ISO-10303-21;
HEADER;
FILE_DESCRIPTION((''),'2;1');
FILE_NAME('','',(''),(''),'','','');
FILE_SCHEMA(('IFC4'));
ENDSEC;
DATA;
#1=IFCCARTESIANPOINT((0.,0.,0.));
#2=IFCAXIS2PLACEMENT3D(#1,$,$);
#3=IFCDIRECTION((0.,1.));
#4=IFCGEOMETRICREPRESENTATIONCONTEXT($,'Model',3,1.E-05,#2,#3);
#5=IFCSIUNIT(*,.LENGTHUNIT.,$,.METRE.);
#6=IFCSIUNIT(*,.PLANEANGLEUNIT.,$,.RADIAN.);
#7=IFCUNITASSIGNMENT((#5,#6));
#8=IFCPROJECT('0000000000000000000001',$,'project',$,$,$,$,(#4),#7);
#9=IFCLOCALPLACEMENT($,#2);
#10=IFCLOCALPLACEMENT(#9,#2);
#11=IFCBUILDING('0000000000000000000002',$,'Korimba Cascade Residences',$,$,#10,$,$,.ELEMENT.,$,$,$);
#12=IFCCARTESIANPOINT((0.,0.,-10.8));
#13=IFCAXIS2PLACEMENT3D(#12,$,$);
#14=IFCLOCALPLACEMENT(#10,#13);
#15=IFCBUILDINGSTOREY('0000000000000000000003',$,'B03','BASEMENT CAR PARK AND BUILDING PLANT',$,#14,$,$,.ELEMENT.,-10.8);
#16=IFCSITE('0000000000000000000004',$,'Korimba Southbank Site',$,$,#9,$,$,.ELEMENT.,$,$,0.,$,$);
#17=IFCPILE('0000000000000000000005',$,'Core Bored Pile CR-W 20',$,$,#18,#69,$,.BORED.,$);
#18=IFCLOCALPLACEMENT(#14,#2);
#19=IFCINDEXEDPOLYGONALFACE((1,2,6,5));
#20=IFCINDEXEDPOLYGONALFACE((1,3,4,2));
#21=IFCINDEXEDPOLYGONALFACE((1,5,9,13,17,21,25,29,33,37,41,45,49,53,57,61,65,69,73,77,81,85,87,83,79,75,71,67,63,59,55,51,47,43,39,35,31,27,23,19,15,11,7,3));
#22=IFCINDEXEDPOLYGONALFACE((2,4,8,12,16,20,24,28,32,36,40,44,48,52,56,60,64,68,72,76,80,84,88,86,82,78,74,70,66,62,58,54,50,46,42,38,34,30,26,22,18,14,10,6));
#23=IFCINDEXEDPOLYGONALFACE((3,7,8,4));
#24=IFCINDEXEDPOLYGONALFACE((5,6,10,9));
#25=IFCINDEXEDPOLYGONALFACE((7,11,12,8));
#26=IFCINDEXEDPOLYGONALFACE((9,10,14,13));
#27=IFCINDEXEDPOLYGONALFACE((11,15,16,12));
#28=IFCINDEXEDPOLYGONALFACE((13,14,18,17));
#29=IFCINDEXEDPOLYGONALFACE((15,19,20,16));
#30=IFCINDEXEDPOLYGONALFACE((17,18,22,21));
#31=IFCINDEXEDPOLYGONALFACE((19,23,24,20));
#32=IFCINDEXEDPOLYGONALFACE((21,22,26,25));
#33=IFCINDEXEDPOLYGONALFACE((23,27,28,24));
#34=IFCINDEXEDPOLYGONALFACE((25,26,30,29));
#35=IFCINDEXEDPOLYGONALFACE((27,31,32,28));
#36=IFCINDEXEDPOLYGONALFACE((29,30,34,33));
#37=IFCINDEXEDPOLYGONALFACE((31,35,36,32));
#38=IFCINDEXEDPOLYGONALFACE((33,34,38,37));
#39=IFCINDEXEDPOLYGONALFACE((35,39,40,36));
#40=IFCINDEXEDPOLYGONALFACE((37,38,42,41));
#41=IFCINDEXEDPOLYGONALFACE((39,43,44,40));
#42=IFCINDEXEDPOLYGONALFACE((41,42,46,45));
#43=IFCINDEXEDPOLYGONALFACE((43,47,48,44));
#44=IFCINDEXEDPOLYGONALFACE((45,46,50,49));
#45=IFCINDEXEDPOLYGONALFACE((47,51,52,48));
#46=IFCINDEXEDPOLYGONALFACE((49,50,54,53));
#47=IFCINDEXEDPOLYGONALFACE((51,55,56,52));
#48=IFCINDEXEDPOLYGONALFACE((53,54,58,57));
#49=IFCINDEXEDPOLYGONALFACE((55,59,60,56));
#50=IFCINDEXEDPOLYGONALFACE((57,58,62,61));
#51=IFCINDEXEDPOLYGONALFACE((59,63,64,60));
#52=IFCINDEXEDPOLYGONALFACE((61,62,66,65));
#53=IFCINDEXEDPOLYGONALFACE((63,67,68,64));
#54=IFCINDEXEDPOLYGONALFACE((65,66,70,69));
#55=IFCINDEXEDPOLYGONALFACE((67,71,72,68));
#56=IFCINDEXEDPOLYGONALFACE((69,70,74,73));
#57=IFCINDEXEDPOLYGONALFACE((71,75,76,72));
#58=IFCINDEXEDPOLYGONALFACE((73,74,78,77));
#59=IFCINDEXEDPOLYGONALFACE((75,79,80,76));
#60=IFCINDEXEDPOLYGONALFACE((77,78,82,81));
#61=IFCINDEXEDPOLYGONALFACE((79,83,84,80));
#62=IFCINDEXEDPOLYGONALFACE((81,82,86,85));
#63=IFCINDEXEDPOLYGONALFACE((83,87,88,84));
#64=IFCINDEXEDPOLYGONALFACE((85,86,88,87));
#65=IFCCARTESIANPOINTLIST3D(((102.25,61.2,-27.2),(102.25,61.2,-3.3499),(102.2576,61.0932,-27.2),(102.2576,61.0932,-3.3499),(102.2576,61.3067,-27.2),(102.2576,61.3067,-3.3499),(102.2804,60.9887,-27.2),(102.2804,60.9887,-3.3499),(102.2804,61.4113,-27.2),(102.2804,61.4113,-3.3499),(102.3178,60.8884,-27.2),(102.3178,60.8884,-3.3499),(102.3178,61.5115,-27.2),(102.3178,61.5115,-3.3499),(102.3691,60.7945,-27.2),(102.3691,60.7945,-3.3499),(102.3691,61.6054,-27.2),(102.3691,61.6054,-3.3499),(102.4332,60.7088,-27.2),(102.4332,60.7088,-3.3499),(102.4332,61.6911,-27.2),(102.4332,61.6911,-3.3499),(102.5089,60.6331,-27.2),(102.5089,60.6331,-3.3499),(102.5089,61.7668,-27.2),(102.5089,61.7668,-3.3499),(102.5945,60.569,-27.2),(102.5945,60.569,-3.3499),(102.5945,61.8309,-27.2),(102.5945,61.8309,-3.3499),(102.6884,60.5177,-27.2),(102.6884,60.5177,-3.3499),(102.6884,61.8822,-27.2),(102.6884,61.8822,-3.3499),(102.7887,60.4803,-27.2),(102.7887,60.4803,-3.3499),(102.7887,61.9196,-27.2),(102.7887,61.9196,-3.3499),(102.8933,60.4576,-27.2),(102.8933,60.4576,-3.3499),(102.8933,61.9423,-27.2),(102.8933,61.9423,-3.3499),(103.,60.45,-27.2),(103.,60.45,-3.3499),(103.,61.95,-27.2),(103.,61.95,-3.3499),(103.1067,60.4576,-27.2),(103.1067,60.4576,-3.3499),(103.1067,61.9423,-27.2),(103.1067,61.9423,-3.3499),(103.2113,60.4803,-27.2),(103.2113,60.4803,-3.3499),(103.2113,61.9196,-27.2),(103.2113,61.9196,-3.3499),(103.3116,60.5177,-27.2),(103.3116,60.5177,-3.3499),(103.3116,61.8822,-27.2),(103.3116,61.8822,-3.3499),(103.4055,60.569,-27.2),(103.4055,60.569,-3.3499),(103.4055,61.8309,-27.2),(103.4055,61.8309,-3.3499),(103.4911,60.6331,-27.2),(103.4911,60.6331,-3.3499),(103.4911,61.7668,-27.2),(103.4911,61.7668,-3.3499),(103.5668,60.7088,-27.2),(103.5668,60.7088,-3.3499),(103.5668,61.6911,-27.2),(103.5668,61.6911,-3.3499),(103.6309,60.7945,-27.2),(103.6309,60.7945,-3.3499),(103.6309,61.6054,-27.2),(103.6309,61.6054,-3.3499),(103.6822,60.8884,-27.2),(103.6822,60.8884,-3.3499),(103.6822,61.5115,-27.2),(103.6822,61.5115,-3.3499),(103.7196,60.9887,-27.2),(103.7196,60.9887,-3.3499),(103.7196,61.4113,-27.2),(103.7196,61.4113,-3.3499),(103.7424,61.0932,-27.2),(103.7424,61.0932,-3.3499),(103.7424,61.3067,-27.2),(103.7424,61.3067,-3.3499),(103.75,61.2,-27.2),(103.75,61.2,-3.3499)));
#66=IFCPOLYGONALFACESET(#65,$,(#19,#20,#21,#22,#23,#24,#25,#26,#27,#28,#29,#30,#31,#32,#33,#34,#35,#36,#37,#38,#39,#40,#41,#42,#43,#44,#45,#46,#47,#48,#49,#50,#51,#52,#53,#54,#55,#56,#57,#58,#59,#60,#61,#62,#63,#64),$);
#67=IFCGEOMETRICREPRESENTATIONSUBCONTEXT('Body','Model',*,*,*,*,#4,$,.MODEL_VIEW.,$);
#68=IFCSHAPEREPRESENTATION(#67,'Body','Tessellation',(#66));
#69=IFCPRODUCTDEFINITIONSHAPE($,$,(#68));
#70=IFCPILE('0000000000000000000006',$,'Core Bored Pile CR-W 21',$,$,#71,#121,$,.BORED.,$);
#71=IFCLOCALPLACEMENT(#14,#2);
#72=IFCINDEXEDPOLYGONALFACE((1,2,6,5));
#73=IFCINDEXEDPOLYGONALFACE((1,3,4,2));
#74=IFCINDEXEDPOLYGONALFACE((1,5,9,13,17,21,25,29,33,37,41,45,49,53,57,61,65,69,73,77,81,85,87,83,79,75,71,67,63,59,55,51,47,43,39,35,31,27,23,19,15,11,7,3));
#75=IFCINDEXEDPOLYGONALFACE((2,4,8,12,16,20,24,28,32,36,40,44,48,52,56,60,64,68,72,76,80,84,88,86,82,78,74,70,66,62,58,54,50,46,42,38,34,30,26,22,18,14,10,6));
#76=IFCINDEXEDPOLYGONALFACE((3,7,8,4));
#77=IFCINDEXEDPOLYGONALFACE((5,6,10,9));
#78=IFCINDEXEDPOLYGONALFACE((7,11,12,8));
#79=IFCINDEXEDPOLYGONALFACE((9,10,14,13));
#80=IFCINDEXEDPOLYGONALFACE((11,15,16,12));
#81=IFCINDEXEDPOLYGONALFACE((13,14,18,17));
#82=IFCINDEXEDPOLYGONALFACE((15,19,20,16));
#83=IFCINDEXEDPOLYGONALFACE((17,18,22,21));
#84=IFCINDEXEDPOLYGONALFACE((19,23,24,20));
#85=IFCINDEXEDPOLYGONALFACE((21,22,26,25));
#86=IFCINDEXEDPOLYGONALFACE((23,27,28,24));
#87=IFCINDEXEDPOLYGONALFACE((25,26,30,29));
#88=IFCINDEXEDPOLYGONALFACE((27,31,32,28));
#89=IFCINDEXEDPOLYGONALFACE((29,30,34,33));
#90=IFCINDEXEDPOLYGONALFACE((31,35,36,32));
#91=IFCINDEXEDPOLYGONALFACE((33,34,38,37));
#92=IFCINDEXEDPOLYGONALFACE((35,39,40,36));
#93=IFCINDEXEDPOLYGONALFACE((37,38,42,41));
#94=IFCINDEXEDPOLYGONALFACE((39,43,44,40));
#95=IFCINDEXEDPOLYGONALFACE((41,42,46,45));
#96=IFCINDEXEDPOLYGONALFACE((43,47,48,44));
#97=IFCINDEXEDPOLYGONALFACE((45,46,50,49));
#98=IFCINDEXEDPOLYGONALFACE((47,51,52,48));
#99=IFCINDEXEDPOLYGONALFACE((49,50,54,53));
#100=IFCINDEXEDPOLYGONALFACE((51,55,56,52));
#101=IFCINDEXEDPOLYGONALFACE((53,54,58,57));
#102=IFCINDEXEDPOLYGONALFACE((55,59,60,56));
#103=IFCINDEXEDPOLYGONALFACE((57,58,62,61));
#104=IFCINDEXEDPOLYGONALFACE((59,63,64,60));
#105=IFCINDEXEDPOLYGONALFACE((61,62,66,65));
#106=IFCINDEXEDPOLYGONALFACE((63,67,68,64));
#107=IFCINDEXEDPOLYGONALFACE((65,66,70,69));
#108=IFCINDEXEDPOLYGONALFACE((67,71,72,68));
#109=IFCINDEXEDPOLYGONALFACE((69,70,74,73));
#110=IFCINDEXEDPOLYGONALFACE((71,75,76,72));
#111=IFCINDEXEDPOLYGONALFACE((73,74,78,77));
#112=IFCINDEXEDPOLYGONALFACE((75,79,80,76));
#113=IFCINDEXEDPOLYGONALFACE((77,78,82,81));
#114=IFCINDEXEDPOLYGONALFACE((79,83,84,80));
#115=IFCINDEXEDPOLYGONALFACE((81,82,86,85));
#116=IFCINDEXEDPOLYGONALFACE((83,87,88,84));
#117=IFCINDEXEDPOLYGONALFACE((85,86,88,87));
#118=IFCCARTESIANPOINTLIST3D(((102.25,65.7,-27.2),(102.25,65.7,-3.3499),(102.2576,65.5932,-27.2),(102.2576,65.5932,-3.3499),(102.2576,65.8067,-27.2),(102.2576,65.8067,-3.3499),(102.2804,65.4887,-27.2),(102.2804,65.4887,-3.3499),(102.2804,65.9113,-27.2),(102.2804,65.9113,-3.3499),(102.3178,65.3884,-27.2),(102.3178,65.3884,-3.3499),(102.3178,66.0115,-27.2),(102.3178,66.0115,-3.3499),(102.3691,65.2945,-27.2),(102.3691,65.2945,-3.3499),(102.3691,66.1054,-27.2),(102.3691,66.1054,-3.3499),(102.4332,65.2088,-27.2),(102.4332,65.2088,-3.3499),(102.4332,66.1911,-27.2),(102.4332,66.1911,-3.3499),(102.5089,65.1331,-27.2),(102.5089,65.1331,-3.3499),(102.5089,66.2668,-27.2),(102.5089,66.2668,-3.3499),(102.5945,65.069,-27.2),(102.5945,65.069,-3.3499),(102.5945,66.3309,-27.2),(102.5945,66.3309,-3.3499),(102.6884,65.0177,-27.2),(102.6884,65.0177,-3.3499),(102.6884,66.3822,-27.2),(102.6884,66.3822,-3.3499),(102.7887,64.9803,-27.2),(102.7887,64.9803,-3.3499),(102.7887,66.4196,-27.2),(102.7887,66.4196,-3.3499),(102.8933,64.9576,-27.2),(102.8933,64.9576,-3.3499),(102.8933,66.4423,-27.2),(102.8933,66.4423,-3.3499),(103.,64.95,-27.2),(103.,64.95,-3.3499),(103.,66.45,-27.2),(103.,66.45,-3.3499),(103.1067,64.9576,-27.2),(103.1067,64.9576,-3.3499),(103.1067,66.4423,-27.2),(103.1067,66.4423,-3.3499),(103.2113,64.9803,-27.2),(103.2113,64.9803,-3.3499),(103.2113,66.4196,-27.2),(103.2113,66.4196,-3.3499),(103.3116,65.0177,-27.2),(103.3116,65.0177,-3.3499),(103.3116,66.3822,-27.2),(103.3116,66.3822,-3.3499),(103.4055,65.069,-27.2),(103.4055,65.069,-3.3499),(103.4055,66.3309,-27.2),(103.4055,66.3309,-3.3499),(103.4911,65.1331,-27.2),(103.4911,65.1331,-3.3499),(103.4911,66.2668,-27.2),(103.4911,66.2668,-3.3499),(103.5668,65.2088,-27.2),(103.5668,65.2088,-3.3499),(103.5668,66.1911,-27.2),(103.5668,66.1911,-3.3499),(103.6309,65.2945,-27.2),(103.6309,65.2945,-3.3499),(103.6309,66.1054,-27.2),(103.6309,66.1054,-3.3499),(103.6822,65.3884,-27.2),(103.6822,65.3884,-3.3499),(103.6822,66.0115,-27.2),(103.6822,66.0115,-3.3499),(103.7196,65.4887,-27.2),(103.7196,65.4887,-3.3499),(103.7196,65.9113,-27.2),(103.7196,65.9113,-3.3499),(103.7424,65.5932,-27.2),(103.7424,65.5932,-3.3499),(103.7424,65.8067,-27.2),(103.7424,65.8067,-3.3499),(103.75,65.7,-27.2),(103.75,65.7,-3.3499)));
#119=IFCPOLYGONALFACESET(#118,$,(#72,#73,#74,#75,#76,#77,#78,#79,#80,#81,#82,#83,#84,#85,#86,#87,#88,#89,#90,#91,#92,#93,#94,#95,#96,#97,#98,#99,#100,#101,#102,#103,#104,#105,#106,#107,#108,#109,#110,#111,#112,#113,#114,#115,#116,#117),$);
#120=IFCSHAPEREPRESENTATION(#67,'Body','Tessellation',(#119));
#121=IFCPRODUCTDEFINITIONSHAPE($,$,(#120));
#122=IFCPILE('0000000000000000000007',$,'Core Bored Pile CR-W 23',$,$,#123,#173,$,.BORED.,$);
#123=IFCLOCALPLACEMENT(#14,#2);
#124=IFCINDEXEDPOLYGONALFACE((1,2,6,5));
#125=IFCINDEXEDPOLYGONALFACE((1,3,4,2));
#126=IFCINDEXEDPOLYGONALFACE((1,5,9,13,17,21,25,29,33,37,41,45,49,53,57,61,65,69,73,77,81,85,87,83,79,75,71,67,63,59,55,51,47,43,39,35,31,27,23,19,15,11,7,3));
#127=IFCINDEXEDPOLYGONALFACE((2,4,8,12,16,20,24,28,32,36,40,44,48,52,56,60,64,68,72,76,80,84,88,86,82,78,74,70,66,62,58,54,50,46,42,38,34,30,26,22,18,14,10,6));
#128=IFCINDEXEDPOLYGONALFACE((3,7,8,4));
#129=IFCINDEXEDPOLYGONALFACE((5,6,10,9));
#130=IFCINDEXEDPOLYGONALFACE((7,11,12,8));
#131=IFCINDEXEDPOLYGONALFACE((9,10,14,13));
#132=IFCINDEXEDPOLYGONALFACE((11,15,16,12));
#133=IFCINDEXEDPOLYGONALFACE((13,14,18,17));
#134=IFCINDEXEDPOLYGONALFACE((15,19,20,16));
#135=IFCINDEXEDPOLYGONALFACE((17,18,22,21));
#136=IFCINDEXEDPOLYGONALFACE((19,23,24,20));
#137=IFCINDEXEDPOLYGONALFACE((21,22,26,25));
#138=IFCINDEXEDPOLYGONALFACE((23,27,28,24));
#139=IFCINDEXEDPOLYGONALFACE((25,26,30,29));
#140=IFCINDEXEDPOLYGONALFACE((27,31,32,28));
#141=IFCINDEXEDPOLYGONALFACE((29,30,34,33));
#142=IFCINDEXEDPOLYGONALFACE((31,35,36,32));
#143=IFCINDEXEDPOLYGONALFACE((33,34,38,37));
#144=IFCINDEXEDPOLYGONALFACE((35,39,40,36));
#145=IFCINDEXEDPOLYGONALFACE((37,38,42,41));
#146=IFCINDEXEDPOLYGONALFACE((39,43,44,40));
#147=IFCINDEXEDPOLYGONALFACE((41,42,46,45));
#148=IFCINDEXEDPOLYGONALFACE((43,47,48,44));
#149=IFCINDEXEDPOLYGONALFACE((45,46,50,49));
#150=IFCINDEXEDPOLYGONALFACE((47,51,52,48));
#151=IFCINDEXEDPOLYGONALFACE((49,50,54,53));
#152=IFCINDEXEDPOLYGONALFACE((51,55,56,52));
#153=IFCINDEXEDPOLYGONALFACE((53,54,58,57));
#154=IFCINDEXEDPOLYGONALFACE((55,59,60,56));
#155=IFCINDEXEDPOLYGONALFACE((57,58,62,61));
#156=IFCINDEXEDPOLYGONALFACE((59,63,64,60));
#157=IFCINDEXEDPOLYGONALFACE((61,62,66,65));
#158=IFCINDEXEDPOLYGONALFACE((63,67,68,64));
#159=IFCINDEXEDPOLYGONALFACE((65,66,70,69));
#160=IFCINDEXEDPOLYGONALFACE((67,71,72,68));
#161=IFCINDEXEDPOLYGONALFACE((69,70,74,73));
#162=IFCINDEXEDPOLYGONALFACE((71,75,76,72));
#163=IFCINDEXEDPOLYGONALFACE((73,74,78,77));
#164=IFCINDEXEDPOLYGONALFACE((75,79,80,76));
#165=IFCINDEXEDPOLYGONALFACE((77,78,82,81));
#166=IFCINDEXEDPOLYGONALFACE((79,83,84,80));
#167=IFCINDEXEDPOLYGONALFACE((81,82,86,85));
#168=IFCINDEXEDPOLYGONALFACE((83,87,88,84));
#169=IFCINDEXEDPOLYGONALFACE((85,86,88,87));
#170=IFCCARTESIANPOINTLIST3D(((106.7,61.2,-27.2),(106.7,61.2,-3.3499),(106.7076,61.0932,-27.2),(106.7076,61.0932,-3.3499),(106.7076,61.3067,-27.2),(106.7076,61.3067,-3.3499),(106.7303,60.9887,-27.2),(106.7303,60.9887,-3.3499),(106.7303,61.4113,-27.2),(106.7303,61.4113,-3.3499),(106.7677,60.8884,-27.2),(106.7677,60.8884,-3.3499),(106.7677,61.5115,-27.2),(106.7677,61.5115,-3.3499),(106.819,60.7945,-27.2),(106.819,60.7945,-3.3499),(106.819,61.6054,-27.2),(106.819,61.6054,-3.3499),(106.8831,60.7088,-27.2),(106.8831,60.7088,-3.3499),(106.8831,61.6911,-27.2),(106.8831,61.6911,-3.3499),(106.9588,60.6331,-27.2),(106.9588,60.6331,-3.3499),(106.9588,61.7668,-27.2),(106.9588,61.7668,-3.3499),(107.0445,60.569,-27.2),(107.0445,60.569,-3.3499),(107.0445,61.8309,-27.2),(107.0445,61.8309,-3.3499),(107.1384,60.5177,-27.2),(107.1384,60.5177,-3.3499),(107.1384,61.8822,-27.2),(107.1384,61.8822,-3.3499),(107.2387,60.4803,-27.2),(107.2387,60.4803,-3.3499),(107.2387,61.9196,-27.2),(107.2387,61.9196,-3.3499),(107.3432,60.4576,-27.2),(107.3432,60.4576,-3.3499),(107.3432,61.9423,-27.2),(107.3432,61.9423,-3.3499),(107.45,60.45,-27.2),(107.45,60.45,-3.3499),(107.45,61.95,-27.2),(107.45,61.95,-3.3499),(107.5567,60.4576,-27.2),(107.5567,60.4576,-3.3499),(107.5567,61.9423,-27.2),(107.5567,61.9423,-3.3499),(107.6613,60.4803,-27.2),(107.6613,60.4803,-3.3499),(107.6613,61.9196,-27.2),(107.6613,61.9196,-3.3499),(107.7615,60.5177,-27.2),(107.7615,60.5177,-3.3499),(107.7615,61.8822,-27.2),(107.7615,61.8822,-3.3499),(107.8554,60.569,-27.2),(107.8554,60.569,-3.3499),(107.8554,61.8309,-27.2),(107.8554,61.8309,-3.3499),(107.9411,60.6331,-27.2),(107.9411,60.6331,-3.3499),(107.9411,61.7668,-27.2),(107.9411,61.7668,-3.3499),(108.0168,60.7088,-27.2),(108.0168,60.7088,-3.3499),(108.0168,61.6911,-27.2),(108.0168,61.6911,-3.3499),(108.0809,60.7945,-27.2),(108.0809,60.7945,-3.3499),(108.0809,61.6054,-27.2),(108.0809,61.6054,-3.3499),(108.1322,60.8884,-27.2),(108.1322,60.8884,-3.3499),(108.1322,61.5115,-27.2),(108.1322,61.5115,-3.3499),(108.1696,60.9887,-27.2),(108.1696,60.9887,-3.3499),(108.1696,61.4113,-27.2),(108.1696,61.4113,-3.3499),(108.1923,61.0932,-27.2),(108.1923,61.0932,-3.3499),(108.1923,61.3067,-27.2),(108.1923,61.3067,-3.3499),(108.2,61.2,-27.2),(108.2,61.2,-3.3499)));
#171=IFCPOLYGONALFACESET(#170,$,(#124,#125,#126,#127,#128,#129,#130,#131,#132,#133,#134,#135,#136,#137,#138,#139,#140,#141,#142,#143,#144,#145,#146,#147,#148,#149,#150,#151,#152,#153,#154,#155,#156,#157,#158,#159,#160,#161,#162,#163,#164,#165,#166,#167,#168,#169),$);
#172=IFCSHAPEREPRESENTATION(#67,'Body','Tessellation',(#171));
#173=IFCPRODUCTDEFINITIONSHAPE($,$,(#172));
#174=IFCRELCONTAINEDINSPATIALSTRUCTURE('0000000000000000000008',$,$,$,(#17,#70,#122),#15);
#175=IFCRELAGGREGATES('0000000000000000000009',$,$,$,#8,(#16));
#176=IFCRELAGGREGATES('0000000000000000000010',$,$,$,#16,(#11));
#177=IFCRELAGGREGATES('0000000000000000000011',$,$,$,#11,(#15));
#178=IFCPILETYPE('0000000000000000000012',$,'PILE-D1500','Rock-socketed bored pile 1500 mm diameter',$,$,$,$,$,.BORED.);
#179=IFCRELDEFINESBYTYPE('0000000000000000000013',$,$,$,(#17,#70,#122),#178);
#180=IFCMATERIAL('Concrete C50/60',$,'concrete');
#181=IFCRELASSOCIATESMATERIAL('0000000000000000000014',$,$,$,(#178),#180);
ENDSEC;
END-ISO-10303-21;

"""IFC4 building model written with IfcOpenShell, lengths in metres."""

from ifc_helpers import new_model, si_unit, direction, frame, origin, origin_2d, place, context, subcontext, project, spatial, circle, extrude, material, material_profile, profile_set, type_object, element, save


model = new_model("IFC4")

# Units and contexts
model_context = context("Model", 3, precision=1e-05, world=origin(), true_north=direction((0.0, 1.0)))
body_context = subcontext(model_context, "Body", "Model", "MODEL_VIEW")
ifc_project = project(units=[si_unit("LENGTHUNIT", "METRE"), si_unit("PLANEANGLEUNIT", "RADIAN")], contexts=[model_context])

# Site, building, storey
site_placement = place(None, origin())
site = spatial("IfcSite", under=ifc_project, at=site_placement, Name="Korimba Southbank Site", CompositionType="ELEMENT", RefElevation=0.0)
building_placement = place(site_placement, origin())
building = spatial("IfcBuilding", under=site, at=building_placement, Name="Korimba Cascade Residences", CompositionType="ELEMENT")
storey_placement = place(building_placement, frame((0.0, 0.0, -10.8)))
storey = spatial("IfcBuildingStorey", under=building, at=storey_placement, Name="B03", Description="BASEMENT CAR PARK AND BUILDING PLANT", CompositionType="ELEMENT", Elevation=-10.8)

# Piles
ifc_material_1 = material(Name="Concrete C50/60", Category="concrete")
ifc_material_profile_1 = material_profile(ifc_material_1, circle(Radius=0.75, at=origin_2d()), Name="Concrete C50/60")
ifc_profile_set_1 = profile_set([ifc_material_profile_1], Name="Concrete C50/60")
pile_type = type_object("IfcPileType", Name="PILE-D1500", Description="Rock-socketed bored pile 1500 mm diameter", PredefinedType="BORED", material=ifc_profile_set_1)
for number, where, z_axis, x_axis, name in (
    (1, (103.0, 61.2, -3.3499), (0.0, 0.0, -1.0), (1.0, 0.0, 0.0), "Core Bored Pile CR-W 20"),
    (2, (103.0, 65.7, -3.3499), (0.0, 0.0, -1.0), (1.0, 0.0, 0.0), "Core Bored Pile CR-W 21"),
    (3, (107.45, 61.2, -3.3499), (0.0, 0.0, -1.0), (1.0, 0.0, 0.0), "Core Bored Pile CR-W 23"),
):
    element("IfcPile", number, at=place(storey_placement, frame(where, z_axis=z_axis, x_axis=x_axis)), inside=storey, type_object=pile_type, Name=name, PredefinedType="BORED", context=body_context, shape_type="SweptSolid", body=[
        extrude(circle(Radius=0.75, at=origin_2d()), origin(), (0.0, 0.0, 1.0), 23.8501),
    ])

save(model, "model.ifc")
